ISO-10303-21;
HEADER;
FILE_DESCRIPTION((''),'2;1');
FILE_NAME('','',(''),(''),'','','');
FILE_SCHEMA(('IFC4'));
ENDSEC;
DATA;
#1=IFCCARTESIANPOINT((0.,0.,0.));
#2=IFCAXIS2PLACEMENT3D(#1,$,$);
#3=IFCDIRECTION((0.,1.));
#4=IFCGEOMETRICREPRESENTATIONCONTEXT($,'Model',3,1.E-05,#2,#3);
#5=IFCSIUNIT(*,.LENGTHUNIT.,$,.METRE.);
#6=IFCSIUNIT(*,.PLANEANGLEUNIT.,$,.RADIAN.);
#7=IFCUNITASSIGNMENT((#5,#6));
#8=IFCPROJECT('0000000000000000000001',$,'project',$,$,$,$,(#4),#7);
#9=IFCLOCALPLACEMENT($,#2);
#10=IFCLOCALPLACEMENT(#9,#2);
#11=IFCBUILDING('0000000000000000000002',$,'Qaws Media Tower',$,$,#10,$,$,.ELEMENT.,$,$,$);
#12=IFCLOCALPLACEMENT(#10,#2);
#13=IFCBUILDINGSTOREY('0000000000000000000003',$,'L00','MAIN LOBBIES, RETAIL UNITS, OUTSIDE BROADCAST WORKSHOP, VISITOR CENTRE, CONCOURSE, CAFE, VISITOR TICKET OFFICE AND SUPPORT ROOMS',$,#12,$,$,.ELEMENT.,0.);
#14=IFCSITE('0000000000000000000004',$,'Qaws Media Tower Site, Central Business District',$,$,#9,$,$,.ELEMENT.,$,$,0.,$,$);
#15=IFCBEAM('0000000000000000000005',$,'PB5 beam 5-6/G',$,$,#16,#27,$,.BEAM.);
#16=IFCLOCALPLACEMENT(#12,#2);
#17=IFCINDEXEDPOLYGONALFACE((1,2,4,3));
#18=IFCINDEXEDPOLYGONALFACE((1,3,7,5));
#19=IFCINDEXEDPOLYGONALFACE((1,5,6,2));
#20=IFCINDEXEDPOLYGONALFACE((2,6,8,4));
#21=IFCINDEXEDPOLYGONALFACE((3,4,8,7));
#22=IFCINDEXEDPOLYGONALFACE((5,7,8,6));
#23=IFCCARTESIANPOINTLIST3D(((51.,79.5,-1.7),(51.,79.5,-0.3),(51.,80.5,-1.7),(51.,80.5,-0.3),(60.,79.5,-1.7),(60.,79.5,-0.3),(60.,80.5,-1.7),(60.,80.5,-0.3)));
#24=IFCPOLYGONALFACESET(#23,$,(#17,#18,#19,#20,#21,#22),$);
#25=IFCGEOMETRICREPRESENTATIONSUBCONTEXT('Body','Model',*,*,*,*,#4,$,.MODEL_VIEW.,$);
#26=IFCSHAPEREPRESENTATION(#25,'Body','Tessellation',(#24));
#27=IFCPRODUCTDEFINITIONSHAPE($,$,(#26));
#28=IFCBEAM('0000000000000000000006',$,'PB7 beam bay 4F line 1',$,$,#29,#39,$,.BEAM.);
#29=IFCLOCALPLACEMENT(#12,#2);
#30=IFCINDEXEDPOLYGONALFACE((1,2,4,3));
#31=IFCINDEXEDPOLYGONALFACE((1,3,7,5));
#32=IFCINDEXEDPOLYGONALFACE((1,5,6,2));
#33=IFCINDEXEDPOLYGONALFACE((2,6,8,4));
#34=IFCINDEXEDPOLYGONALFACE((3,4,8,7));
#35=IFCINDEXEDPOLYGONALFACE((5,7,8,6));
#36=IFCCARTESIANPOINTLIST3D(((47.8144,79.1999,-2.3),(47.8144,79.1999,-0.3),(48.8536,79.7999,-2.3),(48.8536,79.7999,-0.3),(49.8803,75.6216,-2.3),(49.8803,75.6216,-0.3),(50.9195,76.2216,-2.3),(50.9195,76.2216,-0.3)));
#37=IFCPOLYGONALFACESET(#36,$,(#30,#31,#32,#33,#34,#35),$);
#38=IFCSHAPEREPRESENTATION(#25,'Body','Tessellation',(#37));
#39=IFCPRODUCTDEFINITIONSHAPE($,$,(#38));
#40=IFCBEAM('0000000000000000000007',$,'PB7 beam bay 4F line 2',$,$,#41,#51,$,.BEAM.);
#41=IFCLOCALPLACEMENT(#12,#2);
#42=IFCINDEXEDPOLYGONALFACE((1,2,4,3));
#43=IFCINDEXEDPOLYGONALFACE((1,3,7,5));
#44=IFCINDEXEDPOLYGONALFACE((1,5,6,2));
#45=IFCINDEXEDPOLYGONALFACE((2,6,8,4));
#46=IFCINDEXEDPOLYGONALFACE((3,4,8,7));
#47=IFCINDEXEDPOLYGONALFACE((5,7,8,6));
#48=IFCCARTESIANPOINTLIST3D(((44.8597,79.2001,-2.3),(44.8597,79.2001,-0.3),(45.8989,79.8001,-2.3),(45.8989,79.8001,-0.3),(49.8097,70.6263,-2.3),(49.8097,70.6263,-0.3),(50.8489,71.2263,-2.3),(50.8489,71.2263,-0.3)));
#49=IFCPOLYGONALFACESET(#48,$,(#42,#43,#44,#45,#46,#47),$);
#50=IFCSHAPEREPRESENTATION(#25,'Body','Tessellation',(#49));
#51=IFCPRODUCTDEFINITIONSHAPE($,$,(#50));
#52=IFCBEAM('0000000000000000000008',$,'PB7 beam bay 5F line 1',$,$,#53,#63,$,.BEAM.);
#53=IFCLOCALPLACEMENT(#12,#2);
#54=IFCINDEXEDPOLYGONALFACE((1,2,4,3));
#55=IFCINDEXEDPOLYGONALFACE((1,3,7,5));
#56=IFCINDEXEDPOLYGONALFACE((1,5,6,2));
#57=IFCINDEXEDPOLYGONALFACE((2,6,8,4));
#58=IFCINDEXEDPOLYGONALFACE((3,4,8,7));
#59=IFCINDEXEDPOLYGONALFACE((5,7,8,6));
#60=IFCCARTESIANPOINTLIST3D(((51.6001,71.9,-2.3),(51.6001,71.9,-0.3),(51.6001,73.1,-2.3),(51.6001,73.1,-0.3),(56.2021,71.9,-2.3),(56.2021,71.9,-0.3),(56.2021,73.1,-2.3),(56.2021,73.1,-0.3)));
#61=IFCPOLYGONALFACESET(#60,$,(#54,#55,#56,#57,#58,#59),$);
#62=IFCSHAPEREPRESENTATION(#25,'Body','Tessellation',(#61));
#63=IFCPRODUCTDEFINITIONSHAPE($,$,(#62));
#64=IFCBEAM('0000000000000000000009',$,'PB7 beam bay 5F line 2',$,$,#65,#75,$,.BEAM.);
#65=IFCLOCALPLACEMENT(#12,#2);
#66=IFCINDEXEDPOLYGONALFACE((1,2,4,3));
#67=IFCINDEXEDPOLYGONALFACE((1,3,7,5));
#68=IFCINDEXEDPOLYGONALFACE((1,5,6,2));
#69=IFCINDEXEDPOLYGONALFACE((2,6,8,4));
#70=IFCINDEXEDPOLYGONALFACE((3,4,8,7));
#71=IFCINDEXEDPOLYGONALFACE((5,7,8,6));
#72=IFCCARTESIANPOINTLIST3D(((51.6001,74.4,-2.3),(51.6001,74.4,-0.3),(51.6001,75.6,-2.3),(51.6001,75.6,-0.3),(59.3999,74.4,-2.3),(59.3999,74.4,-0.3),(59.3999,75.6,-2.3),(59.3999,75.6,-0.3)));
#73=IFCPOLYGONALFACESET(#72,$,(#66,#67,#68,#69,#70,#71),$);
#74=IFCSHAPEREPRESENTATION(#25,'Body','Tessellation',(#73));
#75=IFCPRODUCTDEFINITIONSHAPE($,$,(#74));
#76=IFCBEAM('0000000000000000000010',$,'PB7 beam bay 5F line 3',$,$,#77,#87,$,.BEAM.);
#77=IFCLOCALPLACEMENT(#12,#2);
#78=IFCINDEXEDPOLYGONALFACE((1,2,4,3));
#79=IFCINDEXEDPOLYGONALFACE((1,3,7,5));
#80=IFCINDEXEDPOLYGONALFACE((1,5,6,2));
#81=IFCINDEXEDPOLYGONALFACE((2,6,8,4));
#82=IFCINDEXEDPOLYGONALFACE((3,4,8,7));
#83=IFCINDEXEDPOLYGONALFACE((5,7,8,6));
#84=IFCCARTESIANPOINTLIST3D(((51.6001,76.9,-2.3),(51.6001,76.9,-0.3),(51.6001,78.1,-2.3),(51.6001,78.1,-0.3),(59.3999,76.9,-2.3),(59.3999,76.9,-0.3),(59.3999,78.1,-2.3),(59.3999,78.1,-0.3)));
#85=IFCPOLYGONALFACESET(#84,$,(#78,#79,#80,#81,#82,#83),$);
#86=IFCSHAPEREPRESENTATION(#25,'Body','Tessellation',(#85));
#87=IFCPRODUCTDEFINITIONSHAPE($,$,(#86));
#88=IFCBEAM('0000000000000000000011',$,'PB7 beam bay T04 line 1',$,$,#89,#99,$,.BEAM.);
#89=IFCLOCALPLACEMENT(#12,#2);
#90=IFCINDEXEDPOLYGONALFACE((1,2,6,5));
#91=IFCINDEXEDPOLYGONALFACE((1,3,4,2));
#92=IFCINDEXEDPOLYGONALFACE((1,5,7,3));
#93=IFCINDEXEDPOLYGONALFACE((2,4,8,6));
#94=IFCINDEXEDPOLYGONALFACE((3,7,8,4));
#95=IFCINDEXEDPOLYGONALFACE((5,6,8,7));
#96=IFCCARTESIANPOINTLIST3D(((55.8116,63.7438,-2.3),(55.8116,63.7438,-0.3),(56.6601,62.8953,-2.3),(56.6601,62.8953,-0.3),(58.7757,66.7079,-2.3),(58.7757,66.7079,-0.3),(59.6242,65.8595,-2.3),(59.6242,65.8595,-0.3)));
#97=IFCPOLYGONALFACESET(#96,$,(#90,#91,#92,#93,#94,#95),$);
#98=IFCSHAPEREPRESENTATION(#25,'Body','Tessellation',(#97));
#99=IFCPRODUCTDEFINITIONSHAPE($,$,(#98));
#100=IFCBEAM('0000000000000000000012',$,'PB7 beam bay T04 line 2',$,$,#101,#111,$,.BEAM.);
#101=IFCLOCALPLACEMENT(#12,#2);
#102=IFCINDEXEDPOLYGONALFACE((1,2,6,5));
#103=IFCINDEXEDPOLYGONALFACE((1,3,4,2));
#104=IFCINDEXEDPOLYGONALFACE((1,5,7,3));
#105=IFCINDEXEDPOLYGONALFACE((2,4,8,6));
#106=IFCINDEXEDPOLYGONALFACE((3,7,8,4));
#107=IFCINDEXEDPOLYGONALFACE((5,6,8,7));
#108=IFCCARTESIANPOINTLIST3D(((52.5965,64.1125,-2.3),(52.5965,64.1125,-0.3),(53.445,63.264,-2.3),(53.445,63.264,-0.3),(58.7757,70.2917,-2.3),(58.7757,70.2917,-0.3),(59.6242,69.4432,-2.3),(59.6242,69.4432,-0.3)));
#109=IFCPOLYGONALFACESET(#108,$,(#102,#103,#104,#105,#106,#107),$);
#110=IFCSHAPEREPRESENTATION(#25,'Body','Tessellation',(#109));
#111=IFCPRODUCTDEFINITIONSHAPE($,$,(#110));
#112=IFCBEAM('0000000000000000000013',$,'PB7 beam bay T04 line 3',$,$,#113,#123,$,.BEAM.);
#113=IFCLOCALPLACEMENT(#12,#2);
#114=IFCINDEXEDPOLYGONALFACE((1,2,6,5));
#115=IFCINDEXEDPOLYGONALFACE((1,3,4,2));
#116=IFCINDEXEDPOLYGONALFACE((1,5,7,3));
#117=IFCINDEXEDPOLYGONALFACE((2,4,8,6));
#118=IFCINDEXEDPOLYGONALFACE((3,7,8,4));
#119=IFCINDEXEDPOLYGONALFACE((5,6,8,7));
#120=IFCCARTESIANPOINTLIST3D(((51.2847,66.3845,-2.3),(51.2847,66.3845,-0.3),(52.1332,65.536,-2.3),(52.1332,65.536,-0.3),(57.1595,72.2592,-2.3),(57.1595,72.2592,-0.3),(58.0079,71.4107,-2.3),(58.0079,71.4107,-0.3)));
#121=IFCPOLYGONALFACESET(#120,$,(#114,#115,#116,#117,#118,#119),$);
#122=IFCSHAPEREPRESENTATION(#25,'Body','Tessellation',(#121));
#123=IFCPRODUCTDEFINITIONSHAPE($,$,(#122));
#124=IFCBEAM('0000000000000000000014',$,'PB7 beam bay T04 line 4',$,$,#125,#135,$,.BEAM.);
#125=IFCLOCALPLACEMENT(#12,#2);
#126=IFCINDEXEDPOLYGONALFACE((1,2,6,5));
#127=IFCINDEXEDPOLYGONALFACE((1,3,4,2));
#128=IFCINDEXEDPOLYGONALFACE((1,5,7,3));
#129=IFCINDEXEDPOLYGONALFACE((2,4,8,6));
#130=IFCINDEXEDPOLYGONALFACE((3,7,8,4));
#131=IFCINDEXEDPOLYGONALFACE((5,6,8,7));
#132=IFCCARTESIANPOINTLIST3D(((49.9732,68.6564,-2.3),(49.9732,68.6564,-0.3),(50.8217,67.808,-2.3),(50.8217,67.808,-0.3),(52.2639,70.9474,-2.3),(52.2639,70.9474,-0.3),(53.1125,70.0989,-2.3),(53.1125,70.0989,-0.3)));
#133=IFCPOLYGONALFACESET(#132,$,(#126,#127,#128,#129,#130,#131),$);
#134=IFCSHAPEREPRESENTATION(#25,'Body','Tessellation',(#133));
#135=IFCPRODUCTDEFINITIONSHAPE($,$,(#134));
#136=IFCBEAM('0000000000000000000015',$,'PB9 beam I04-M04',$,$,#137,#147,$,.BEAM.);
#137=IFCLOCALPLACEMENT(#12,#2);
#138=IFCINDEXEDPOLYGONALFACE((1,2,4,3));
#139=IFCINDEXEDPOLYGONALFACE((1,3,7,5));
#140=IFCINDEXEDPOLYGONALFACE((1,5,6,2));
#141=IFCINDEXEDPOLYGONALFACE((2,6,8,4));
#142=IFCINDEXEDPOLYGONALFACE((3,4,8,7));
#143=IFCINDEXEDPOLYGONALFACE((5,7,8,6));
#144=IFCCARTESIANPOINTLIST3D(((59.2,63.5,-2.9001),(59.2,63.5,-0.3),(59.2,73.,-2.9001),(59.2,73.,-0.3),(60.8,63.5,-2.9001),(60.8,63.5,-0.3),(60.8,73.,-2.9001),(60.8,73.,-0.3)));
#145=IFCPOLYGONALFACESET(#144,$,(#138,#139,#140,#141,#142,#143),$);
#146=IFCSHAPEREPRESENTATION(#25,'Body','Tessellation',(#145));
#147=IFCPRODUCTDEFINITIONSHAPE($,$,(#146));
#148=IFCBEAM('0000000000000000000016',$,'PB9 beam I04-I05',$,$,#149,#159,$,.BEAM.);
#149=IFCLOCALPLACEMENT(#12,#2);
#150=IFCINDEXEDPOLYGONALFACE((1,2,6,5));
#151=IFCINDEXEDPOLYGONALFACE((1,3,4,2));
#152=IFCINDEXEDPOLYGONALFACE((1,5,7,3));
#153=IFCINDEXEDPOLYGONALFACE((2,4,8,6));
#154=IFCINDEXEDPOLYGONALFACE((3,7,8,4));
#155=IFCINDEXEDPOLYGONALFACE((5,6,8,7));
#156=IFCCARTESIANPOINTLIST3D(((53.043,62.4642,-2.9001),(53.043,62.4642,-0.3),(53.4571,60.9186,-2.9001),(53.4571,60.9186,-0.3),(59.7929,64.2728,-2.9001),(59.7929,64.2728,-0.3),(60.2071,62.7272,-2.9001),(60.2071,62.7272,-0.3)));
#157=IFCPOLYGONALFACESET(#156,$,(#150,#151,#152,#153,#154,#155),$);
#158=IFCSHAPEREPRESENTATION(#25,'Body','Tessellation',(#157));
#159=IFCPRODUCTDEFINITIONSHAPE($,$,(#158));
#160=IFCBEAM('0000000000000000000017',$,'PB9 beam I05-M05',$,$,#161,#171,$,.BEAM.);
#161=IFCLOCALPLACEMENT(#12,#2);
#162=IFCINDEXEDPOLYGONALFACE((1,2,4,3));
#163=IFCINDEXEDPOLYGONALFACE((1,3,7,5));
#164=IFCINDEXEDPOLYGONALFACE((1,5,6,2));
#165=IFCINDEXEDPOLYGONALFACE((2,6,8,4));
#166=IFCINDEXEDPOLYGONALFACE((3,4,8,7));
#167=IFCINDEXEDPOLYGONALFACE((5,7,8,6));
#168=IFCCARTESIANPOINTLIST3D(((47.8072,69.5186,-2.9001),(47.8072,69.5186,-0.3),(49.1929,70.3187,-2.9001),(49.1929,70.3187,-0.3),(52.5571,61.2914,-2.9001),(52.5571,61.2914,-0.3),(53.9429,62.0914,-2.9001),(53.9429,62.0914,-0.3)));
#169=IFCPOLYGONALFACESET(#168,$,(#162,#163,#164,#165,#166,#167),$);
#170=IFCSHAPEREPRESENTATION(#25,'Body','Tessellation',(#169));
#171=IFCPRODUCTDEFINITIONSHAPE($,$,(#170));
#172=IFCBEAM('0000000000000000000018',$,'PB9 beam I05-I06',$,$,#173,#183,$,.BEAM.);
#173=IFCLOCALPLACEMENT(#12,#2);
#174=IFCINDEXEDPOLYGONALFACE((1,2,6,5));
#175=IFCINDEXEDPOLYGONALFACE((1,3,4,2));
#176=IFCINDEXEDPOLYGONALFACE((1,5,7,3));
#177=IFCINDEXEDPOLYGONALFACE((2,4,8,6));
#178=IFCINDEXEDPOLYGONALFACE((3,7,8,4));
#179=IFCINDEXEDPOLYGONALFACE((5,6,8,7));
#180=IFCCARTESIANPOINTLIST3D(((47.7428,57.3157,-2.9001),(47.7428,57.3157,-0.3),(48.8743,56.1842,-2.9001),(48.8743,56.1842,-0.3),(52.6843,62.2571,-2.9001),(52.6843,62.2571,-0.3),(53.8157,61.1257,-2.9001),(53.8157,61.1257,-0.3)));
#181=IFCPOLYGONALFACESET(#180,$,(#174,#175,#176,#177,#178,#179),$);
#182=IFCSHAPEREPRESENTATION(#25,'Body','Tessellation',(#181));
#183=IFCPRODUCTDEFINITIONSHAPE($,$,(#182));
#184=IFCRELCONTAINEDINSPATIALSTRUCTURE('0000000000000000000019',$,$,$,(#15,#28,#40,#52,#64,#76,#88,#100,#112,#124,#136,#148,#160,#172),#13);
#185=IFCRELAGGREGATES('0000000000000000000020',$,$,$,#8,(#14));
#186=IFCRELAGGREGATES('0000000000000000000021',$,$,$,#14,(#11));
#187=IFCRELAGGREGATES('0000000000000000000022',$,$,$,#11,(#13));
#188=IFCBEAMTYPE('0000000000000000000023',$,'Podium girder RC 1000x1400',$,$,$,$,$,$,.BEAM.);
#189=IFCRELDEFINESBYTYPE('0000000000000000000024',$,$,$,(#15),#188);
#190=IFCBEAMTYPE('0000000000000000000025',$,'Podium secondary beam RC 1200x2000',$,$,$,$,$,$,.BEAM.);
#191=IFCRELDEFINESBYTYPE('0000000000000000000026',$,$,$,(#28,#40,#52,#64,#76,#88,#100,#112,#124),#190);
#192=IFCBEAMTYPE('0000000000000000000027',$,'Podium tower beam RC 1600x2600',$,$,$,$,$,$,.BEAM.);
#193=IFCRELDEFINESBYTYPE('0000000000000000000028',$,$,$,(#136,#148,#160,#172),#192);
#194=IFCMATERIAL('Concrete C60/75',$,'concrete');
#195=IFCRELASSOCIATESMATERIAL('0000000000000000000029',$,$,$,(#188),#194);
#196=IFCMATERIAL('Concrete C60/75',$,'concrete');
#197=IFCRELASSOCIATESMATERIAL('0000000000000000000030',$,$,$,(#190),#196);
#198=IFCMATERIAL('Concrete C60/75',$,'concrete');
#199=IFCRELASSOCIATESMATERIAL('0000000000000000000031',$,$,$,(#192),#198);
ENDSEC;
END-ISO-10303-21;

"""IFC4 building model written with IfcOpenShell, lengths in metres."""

from ifc_helpers import new_model, si_unit, direction, frame, origin, origin_2d, place, context, subcontext, project, spatial, rectangle, extrude, material, material_profile, profile_set, type_object, element, save


model = new_model("IFC4")

# Units and contexts
model_context = context("Model", 3, precision=1e-05, world=origin(), true_north=direction((0.0, 1.0)))
body_context = subcontext(model_context, "Body", "Model", "MODEL_VIEW")
ifc_project = project(units=[si_unit("LENGTHUNIT", "METRE"), si_unit("PLANEANGLEUNIT", "RADIAN")], contexts=[model_context])

# Site, building, storey
site_placement = place(None, origin())
site = spatial("IfcSite", under=ifc_project, at=site_placement, Name="Qaws Media Tower Site, Central Business District", CompositionType="ELEMENT", RefElevation=0.0)
building_placement = place(site_placement, origin())
building = spatial("IfcBuilding", under=site, at=building_placement, Name="Qaws Media Tower", CompositionType="ELEMENT")
storey_placement = place(building_placement, origin())
storey = spatial("IfcBuildingStorey", under=building, at=storey_placement, Name="L00", Description="MAIN LOBBIES, RETAIL UNITS, OUTSIDE BROADCAST WORKSHOP, VISITOR CENTRE, CONCOURSE, CAFE, VISITOR TICKET OFFICE AND SUPPORT ROOMS", CompositionType="ELEMENT", Elevation=0.0)

# Beams
ifc_material_1 = material(Name="Concrete C60/75", Category="concrete")
ifc_material_profile_1 = material_profile(ifc_material_1, rectangle(XDim=1.0, YDim=1.3999, at=origin_2d()), Name="RC 1000x1400")
ifc_profile_set_1 = profile_set([ifc_material_profile_1], Name="Concrete C60/75")
beam_type_1 = type_object("IfcBeamType", Name="Podium girder RC 1000x1400", PredefinedType="BEAM", material=ifc_profile_set_1)
beam_1_placement = place(storey_placement, frame((51.0, 80.0, -1.0), z_axis=(1.0, 0.0, 0.0), x_axis=(0.0, 1.0, 0.0)))
element("IfcBeam", 1, at=beam_1_placement, inside=storey, type_object=beam_type_1, Name="PB5 beam 5-6/G", PredefinedType="BEAM", context=body_context, shape_type="SweptSolid", body=[
    extrude(rectangle(XDim=1.0, YDim=1.3999, at=origin_2d()), origin(), (0.0, 0.0, 1.0), 9.0),
])
ifc_material_2 = material(Name="Concrete C60/75", Category="concrete")
ifc_material_profile_2 = material_profile(ifc_material_2, rectangle(XDim=1.2, YDim=2.0, at=origin_2d()), Name="RC 1200x2000")
ifc_profile_set_2 = profile_set([ifc_material_profile_2], Name="Concrete C60/75")
beam_type_2 = type_object("IfcBeamType", Name="Podium secondary beam RC 1200x2000", PredefinedType="BEAM", material=ifc_profile_set_2)
beam_2_placement = place(storey_placement, frame((50.3999, 75.9216, -1.3), z_axis=(-0.49999, 0.866031, 0.0), x_axis=(-0.866031, -0.49999, 0.0)))
element("IfcBeam", 2, at=beam_2_placement, inside=storey, type_object=beam_type_2, Name="PB7 beam bay 4F line 1", PredefinedType="BEAM", context=body_context, shape_type="SweptSolid", body=[
    extrude(rectangle(XDim=1.2, YDim=2.0, at=origin_2d()), origin(), (0.0, 0.0, 1.0), 4.1318),
])
beam_3_placement = place(storey_placement, frame((50.3293, 70.9263, -1.3), z_axis=(-0.499993, 0.86603, 0.0), x_axis=(-0.86603, -0.499993, 0.0)))
element("IfcBeam", 3, at=beam_3_placement, inside=storey, type_object=beam_type_2, Name="PB7 beam bay 4F line 2", PredefinedType="BEAM", context=body_context, shape_type="SweptSolid", body=[
    extrude(rectangle(XDim=1.2, YDim=2.0, at=origin_2d()), origin(), (0.0, 0.0, 1.0), 9.9001),
])
beam_4_placement = place(storey_placement, frame((51.6001, 72.5, -1.3), z_axis=(1.0, 0.0, 0.0), x_axis=(0.0, 1.0, 0.0)))
element("IfcBeam", 4, at=beam_4_placement, inside=storey, type_object=beam_type_2, Name="PB7 beam bay 5F line 1", PredefinedType="BEAM", context=body_context, shape_type="SweptSolid", body=[
    extrude(rectangle(XDim=1.2, YDim=2.0, at=origin_2d()), origin(), (0.0, 0.0, 1.0), 4.6021),
])
for number, where, z_axis, x_axis, name in (
    (5, (51.6001, 75.0, -1.3), (1.0, 0.0, 0.0), (0.0, 1.0, 0.0), "PB7 beam bay 5F line 2"),
    (6, (51.6001, 77.5, -1.3), (1.0, 0.0, 0.0), (0.0, 1.0, 0.0), "PB7 beam bay 5F line 3"),
):
    element("IfcBeam", number, at=place(storey_placement, frame(where, z_axis=z_axis, x_axis=x_axis)), inside=storey, type_object=beam_type_2, Name=name, PredefinedType="BEAM", context=body_context, shape_type="SweptSolid", body=[
        extrude(rectangle(XDim=1.2, YDim=2.0, at=origin_2d()), origin(), (0.0, 0.0, 1.0), 7.7998),
    ])
beam_5_placement = place(storey_placement, frame((56.2358, 63.3196, -1.3), z_axis=(0.707107, 0.707107, 0.0), x_axis=(-0.707107, 0.707107, 0.0)))
element("IfcBeam", 7, at=beam_5_placement, inside=storey, type_object=beam_type_2, Name="PB7 beam bay T04 line 1", PredefinedType="BEAM", context=body_context, shape_type="SweptSolid", body=[
    extrude(rectangle(XDim=1.2, YDim=2.0, at=origin_2d()), origin(), (0.0, 0.0, 1.0), 4.1919),
])
beam_6_placement = place(storey_placement, frame((53.0208, 63.6882, -1.3), z_axis=(0.707107, 0.707107, 0.0), x_axis=(-0.707107, 0.707107, 0.0)))
element("IfcBeam", 8, at=beam_6_placement, inside=storey, type_object=beam_type_2, Name="PB7 beam bay T04 line 2", PredefinedType="BEAM", context=body_context, shape_type="SweptSolid", body=[
    extrude(rectangle(XDim=1.2, YDim=2.0, at=origin_2d()), origin(), (0.0, 0.0, 1.0), 8.7388),
])
beam_7_placement = place(storey_placement, frame((51.709, 65.9602, -1.3), z_axis=(0.707107, 0.707107, 0.0), x_axis=(-0.707107, 0.707107, 0.0)))
element("IfcBeam", 9, at=beam_7_placement, inside=storey, type_object=beam_type_2, Name="PB7 beam bay T04 line 3", PredefinedType="BEAM", context=body_context, shape_type="SweptSolid", body=[
    extrude(rectangle(XDim=1.2, YDim=2.0, at=origin_2d()), origin(), (0.0, 0.0, 1.0), 8.3081),
])
beam_8_placement = place(storey_placement, frame((50.3975, 68.2322, -1.3), z_axis=(0.707069, 0.707144, 0.0), x_axis=(-0.707144, 0.707069, 0.0)))
element("IfcBeam", 10, at=beam_8_placement, inside=storey, type_object=beam_type_2, Name="PB7 beam bay T04 line 4", PredefinedType="BEAM", context=body_context, shape_type="SweptSolid", body=[
    extrude(rectangle(XDim=1.2, YDim=2.0, at=origin_2d()), origin(), (0.0, 0.0, 1.0), 3.2397),
])
ifc_material_3 = material(Name="Concrete C60/75", Category="concrete")
ifc_material_profile_3 = material_profile(ifc_material_3, rectangle(XDim=1.6001, YDim=2.6001, at=origin_2d()), Name="RC 1600x2600")
ifc_profile_set_3 = profile_set([ifc_material_profile_3], Name="Concrete C60/75")
beam_type_3 = type_object("IfcBeamType", Name="Podium tower beam RC 1600x2600", PredefinedType="BEAM", material=ifc_profile_set_3)
beam_9_placement = place(storey_placement, frame((60.0, 63.5, -1.6001), z_axis=(0.0, 1.0, 0.0), x_axis=(-1.0, 0.0, 0.0)))
element("IfcBeam", 11, at=beam_9_placement, inside=storey, type_object=beam_type_3, Name="PB9 beam I04-M04", PredefinedType="BEAM", context=body_context, shape_type="SweptSolid", body=[
    extrude(rectangle(XDim=1.6001, YDim=2.6001, at=origin_2d()), origin(), (0.0, 0.0, 1.0), 9.5),
])
beam_10_placement = place(storey_placement, frame((60.0, 63.5, -1.6001), z_axis=(-0.965928, -0.258811, 0.0), x_axis=(0.258811, -0.965928, 0.0)))
element("IfcBeam", 12, at=beam_10_placement, inside=storey, type_object=beam_type_3, Name="PB9 beam I04-I05", PredefinedType="BEAM", context=body_context, shape_type="SweptSolid", body=[
    extrude(rectangle(XDim=1.6001, YDim=2.6001, at=origin_2d()), origin(), (0.0, 0.0, 1.0), 6.988),
])
beam_11_placement = place(storey_placement, frame((53.25, 61.6914, -1.6001), z_axis=(-0.499998, 0.866027, 0.0), x_axis=(-0.866027, -0.499998, 0.0)))
element("IfcBeam", 13, at=beam_11_placement, inside=storey, type_object=beam_type_3, Name="PB9 beam I05-M05", PredefinedType="BEAM", context=body_context, shape_type="SweptSolid", body=[
    extrude(rectangle(XDim=1.6001, YDim=2.6001, at=origin_2d()), origin(), (0.0, 0.0, 1.0), 9.5),
])
beam_12_placement = place(storey_placement, frame((53.25, 61.6914, -1.6001), z_axis=(-0.707107, -0.707107, 0.0), x_axis=(0.707107, -0.707107, 0.0)))
element("IfcBeam", 14, at=beam_12_placement, inside=storey, type_object=beam_type_3, Name="PB9 beam I05-I06", PredefinedType="BEAM", context=body_context, shape_type="SweptSolid", body=[
    extrude(rectangle(XDim=1.6001, YDim=2.6001, at=origin_2d()), origin(), (0.0, 0.0, 1.0), 6.9883),
])

save(model, "model.ifc")
